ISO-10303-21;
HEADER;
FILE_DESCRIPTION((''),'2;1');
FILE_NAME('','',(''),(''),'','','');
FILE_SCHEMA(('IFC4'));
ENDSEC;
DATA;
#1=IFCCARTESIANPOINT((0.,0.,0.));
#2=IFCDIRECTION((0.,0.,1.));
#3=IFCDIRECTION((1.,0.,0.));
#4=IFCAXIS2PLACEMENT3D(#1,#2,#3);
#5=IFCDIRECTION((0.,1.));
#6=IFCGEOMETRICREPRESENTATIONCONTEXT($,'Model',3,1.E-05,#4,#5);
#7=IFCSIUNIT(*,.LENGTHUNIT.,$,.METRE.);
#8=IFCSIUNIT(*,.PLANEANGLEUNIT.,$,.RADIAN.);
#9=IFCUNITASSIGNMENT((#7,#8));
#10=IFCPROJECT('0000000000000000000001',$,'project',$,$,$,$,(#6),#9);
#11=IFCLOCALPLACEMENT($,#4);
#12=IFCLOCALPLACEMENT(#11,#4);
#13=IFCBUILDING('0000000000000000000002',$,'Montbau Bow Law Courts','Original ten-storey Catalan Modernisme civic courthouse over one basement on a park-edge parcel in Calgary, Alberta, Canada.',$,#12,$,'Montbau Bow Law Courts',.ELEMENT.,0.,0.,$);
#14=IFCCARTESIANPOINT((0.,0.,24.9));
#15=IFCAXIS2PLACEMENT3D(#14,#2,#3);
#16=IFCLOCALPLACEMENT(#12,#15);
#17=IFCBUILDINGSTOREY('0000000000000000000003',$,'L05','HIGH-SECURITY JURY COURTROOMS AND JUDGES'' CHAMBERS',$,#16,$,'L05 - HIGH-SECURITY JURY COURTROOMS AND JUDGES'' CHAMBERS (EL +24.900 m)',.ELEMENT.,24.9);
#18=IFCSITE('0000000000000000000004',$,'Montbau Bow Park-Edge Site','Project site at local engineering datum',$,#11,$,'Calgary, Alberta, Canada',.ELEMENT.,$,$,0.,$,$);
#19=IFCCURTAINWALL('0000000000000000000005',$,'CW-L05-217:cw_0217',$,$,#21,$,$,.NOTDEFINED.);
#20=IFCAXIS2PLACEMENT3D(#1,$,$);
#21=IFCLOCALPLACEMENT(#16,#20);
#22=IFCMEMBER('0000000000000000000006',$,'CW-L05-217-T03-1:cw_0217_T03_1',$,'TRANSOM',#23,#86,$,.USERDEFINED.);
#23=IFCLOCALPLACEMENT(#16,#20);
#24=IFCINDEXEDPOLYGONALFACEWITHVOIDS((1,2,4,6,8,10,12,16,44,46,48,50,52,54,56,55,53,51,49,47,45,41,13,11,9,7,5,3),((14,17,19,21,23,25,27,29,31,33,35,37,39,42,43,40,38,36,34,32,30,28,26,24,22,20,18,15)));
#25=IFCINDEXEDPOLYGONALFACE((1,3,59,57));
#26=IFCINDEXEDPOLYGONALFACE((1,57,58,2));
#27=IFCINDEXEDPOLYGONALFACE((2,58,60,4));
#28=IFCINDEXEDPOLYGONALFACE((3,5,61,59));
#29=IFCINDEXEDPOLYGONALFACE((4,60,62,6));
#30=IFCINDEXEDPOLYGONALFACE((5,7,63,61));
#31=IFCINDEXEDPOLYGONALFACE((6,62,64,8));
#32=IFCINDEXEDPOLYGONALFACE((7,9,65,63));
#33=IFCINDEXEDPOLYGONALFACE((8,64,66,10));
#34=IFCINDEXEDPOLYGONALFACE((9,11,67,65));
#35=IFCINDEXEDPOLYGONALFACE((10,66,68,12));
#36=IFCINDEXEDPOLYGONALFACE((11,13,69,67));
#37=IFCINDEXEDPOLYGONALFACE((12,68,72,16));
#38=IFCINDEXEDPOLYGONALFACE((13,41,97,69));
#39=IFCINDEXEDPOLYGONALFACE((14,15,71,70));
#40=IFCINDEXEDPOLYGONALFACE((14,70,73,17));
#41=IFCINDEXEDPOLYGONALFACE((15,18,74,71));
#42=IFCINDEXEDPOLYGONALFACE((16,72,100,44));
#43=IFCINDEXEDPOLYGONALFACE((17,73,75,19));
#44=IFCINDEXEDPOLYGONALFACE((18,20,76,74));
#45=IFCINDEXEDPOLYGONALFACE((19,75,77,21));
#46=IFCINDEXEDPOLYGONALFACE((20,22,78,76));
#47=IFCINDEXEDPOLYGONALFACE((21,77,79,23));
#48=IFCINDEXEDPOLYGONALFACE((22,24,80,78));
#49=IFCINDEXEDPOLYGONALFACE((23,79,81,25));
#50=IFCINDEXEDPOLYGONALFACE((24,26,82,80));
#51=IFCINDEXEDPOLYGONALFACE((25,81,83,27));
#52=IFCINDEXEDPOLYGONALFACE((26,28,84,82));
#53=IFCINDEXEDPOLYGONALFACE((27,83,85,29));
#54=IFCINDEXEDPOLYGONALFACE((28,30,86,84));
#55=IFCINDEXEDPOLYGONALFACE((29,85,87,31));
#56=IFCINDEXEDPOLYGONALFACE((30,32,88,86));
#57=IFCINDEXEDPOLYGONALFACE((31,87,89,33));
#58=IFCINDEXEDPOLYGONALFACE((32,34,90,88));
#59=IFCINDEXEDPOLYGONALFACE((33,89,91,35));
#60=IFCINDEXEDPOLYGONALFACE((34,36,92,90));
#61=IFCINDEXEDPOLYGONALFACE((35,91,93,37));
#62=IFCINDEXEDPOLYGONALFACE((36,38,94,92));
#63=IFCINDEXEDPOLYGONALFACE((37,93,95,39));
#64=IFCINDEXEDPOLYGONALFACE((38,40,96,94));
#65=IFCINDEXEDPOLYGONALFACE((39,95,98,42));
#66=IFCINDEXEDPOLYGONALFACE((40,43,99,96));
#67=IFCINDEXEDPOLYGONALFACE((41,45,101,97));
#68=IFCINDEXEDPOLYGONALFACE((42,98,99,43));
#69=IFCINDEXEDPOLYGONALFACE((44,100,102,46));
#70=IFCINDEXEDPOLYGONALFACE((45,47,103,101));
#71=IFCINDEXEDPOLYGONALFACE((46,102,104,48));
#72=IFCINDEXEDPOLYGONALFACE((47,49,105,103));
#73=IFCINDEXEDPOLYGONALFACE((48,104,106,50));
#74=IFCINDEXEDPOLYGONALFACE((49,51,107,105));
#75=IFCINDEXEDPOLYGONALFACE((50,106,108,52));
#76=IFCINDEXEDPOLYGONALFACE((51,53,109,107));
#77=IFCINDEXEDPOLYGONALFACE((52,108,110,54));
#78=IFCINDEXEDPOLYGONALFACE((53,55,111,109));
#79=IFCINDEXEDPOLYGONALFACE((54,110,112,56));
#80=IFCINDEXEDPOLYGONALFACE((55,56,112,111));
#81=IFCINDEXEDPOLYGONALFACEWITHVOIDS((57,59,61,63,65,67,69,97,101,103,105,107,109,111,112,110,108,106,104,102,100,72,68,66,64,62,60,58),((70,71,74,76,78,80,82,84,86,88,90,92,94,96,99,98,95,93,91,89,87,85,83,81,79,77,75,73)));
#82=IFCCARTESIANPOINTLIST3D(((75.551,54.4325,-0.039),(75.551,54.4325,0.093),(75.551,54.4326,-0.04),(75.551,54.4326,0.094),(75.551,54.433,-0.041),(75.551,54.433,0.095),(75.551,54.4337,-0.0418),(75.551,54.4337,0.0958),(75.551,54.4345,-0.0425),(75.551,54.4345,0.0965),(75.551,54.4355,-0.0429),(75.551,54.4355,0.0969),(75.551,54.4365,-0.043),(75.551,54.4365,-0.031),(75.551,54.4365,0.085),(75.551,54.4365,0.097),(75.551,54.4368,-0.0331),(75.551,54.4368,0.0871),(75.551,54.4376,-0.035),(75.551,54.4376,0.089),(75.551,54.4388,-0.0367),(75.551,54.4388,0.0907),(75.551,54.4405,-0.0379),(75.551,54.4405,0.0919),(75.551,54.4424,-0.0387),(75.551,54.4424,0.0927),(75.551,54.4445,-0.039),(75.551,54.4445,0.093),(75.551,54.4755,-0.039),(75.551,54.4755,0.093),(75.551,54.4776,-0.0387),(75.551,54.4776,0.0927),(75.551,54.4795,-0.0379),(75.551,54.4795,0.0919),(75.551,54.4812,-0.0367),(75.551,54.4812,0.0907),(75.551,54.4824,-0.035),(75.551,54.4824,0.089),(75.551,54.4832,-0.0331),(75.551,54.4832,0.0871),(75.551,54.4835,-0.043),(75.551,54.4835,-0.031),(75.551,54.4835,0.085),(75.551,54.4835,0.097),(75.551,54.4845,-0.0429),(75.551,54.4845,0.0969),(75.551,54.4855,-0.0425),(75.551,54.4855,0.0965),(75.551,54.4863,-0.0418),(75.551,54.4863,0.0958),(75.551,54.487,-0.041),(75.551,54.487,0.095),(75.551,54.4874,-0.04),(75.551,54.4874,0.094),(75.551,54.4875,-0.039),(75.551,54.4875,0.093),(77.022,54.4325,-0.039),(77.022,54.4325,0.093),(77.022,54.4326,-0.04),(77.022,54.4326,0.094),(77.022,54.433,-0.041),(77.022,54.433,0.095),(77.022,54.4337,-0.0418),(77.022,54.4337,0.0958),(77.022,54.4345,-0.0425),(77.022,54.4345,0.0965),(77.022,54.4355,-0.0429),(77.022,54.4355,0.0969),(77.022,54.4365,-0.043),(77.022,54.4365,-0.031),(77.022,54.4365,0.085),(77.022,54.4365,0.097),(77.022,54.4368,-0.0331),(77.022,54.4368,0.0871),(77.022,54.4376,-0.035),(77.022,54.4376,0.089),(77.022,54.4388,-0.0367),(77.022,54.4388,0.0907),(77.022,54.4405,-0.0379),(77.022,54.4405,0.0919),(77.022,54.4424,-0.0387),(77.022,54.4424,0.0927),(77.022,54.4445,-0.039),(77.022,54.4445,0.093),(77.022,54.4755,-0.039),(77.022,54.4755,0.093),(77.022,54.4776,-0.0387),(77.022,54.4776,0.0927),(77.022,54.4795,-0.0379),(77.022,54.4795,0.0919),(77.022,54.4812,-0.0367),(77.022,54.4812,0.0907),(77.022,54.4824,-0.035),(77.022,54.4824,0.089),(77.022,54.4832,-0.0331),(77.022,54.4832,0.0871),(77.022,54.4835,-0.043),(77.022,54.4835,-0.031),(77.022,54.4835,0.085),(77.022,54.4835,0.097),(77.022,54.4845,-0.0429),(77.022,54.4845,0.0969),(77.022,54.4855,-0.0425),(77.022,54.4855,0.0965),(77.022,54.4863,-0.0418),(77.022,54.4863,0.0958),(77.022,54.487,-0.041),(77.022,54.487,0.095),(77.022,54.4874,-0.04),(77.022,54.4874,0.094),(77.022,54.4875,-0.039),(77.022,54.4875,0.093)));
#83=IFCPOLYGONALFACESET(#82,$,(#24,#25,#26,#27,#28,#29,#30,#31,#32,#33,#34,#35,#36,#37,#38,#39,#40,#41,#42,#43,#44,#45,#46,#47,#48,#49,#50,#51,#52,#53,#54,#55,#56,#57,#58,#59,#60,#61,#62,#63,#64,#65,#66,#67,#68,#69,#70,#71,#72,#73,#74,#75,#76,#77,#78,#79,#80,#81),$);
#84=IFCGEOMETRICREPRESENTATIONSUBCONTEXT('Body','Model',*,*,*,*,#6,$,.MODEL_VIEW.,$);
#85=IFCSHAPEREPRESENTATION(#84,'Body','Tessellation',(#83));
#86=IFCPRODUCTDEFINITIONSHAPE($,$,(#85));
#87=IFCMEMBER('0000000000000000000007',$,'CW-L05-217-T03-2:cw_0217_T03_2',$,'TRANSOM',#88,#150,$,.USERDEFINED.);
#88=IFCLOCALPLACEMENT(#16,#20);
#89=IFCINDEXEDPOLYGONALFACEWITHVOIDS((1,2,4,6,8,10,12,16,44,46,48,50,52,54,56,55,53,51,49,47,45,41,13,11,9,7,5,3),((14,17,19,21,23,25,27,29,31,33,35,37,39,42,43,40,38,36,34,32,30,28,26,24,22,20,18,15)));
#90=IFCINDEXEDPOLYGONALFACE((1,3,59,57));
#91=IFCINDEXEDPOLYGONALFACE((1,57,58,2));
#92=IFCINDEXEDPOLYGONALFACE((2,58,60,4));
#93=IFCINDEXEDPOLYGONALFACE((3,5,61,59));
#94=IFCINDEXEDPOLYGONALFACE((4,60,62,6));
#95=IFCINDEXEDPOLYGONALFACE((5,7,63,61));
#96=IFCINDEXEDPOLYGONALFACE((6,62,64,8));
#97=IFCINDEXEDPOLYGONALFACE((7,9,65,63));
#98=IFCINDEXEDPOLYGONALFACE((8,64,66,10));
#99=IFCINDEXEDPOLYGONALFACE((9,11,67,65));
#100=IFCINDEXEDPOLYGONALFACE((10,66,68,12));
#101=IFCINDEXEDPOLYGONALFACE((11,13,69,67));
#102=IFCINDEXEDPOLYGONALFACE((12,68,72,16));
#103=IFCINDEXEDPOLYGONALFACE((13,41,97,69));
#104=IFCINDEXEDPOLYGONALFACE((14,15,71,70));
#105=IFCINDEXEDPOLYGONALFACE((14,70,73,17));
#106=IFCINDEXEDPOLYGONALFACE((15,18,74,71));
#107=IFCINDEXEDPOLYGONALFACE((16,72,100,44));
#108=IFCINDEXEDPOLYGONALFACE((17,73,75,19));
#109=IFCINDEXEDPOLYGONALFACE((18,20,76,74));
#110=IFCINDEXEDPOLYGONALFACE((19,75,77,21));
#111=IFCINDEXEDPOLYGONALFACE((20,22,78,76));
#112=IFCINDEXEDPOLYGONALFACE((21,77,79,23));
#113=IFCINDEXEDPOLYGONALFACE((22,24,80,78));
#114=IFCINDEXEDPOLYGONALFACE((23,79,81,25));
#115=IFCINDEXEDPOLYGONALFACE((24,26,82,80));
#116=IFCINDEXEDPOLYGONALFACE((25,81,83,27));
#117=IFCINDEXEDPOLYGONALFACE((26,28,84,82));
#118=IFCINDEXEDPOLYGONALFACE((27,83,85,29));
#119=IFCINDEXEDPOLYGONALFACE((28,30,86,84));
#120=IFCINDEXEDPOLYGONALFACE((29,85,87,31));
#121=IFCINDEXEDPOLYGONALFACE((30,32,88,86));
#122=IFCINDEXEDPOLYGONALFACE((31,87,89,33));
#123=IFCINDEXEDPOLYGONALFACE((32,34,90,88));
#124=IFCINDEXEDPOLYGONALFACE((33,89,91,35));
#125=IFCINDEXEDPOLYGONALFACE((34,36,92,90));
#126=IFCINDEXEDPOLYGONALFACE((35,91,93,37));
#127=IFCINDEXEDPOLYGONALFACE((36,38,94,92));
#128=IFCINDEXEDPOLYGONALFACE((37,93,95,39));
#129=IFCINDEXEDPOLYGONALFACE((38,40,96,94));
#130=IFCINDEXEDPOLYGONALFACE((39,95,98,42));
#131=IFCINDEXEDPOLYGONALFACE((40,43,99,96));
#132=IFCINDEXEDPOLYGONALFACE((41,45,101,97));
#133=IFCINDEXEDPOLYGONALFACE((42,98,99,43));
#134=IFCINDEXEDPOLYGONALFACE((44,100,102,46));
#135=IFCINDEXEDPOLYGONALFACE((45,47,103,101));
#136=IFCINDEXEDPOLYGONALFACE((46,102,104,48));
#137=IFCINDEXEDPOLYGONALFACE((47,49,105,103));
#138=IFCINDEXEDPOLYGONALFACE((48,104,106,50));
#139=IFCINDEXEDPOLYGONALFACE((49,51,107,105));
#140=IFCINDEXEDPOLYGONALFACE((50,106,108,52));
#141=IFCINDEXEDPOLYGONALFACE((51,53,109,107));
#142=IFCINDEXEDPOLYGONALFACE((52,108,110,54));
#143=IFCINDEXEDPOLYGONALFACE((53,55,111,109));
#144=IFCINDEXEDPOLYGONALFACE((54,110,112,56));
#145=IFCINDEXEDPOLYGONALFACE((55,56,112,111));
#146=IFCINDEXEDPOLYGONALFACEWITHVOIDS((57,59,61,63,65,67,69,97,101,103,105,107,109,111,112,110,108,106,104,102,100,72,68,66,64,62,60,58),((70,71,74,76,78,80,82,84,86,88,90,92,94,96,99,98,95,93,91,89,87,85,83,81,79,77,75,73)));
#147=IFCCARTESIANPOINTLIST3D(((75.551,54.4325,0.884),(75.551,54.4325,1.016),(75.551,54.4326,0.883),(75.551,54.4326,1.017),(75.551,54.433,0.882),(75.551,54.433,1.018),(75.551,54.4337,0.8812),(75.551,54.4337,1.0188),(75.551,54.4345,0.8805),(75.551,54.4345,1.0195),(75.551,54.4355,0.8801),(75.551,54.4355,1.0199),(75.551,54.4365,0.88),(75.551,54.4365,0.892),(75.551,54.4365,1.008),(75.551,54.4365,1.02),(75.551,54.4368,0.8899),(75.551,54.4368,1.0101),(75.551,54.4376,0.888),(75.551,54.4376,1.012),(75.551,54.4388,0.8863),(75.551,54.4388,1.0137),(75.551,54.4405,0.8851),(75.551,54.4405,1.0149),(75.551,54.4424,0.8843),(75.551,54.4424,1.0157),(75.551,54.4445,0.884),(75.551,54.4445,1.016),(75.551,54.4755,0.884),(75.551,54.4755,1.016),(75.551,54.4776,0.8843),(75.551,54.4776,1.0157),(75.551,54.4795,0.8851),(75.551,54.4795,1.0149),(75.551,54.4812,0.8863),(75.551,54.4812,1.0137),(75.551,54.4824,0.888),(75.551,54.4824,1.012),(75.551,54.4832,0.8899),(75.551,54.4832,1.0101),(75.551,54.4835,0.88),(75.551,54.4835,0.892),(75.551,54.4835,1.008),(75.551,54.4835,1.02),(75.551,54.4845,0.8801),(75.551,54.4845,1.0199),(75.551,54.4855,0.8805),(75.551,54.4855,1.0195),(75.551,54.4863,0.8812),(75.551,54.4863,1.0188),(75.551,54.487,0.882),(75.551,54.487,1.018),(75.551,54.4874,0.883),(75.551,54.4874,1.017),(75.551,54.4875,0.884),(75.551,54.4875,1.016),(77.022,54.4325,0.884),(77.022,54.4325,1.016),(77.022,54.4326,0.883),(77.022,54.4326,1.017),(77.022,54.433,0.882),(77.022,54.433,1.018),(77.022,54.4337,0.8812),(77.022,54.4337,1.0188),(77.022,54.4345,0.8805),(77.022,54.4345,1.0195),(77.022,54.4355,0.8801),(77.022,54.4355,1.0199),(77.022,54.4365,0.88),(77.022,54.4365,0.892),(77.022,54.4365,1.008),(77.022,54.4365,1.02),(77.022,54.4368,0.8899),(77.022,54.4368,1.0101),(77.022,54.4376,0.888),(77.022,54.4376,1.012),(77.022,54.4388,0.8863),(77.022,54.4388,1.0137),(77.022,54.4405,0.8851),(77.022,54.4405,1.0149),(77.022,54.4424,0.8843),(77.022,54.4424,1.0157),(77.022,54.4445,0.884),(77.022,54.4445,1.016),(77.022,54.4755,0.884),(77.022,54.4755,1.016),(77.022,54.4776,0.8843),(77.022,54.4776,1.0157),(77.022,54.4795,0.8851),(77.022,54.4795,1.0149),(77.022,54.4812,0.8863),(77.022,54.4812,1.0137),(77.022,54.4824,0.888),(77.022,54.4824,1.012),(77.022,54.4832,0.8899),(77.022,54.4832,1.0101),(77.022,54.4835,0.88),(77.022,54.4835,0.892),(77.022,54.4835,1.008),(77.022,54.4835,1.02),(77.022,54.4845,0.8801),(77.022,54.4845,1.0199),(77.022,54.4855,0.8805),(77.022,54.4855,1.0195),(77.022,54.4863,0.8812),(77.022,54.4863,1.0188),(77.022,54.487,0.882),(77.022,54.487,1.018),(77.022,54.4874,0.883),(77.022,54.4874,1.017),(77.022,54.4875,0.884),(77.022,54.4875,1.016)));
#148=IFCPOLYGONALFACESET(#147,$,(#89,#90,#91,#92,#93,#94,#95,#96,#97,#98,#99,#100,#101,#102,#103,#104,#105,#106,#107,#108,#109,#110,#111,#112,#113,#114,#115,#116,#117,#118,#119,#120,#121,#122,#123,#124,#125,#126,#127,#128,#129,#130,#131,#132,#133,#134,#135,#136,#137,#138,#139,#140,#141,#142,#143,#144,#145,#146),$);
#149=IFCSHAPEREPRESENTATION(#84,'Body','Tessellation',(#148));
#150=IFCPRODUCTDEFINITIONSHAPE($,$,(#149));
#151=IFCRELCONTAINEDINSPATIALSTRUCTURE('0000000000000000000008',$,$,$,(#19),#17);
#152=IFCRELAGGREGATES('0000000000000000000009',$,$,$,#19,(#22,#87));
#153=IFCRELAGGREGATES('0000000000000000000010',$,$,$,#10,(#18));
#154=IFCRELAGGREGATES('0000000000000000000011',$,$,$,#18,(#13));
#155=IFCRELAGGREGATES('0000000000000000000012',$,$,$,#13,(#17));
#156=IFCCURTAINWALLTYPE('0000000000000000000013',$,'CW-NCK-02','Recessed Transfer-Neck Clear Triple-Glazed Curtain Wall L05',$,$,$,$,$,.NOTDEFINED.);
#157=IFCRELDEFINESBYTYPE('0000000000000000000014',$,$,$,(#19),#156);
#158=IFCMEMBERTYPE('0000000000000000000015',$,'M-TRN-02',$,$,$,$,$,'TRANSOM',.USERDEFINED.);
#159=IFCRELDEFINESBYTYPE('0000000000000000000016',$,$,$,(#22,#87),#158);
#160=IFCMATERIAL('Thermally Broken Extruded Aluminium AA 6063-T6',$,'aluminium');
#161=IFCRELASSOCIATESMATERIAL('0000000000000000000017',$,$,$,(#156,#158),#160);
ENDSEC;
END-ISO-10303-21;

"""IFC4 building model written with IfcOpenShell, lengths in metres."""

from ifc_helpers import new_model, si_unit, direction, frame, origin_with_axes, origin_2d_with_axis, place, context, subcontext, project, spatial, hollow_rectangle, extrude, material, material_profile, profile_set, type_object, element, aggregate, save


model = new_model("IFC4")

# Units and contexts
model_context = context("Model", 3, precision=1e-05, world=origin_with_axes(), true_north=direction((0.0, 1.0)))
body_context = subcontext(model_context, "Body", "Model", "MODEL_VIEW")
ifc_project = project(units=[si_unit("LENGTHUNIT", "METRE"), si_unit("PLANEANGLEUNIT", "RADIAN")], contexts=[model_context])

# Site, building, storey
site_placement = place(None, origin_with_axes())
site = spatial("IfcSite", under=ifc_project, at=site_placement, Name="Montbau Bow Park-Edge Site", Description="Project site at local engineering datum", LongName="Calgary, Alberta, Canada", CompositionType="ELEMENT", RefElevation=0.0)
building_placement = place(site_placement, origin_with_axes())
building = spatial("IfcBuilding", under=site, at=building_placement, Name="Montbau Bow Law Courts", Description="Original ten-storey Catalan Modernisme civic courthouse over one basement on a park-edge parcel in Calgary, Alberta, Canada.", LongName="Montbau Bow Law Courts", CompositionType="ELEMENT", ElevationOfRefHeight=0.0, ElevationOfTerrain=0.0)
storey_placement = place(building_placement, frame((0.0, 0.0, 24.9), z_axis=(0.0, 0.0, 1.0), x_axis=(1.0, 0.0, 0.0)))
storey = spatial("IfcBuildingStorey", under=building, at=storey_placement, Name="L05", Description="HIGH-SECURITY JURY COURTROOMS AND JUDGES' CHAMBERS", LongName="L05 - HIGH-SECURITY JURY COURTROOMS AND JUDGES' CHAMBERS (EL +24.900 m)", CompositionType="ELEMENT", Elevation=24.9)

# Curtain wall, members
ifc_material_1 = material(Name="Thermally Broken Extruded Aluminium AA 6063-T6", Category="aluminium")
curtain_wall_type = type_object("IfcCurtainWallType", Name="CW-NCK-02", Description="Recessed Transfer-Neck Clear Triple-Glazed Curtain Wall L05", PredefinedType="NOTDEFINED", material=ifc_material_1)
curtain_wall_placement = place(None, frame((72.44, 54.46, 24.9), z_axis=(0.0, 0.0, 1.0), x_axis=(1.0, 0.0, 0.0)))
curtain_wall = element("IfcCurtainWall", 1, at=curtain_wall_placement, inside=storey, type_object=curtain_wall_type, Name="CW-L05-217:cw_0217", PredefinedType="NOTDEFINED")
ifc_material_profile_1 = material_profile(ifc_material_1, hollow_rectangle(XDim=0.055, YDim=0.14, WallThickness=0.004, InnerFilletRadius=0.008, OuterFilletRadius=0.004, at=origin_2d_with_axis()), Name="CWT-140X55", Category="Main", Priority=0)
ifc_profile_set_1 = profile_set([ifc_material_profile_1], Name="Thermally Broken Extruded Aluminium AA 6063-T6")
member_type_1 = type_object("IfcMemberType", Name="M-TRN-02", ElementType="TRANSOM", PredefinedType="USERDEFINED", material=ifc_profile_set_1)
member_1_placement = place(None, frame((75.551, 54.46, 24.927), z_axis=(1.0, 0.0, 0.0), x_axis=(0.0, 1.0, 0.0)))
member_1 = element("IfcMember", 2, at=member_1_placement, type_object=member_type_1, Name="CW-L05-217-T03-1:cw_0217_T03_1", ObjectType="TRANSOM", PredefinedType="USERDEFINED", context=body_context, shape_type="SweptSolid", body=[
    extrude(hollow_rectangle(XDim=0.055, YDim=0.14, WallThickness=0.004, InnerFilletRadius=0.008, OuterFilletRadius=0.004, at=origin_2d_with_axis()), origin_with_axes(), (0.0, 0.0, 1.0), 1.471),
])
member_2_placement = place(None, frame((75.551, 54.46, 25.85), z_axis=(1.0, 0.0, 0.0), x_axis=(0.0, 1.0, 0.0)))
member_2 = element("IfcMember", 3, at=member_2_placement, type_object=member_type_1, Name="CW-L05-217-T03-2:cw_0217_T03_2", ObjectType="TRANSOM", PredefinedType="USERDEFINED", context=body_context, shape_type="SweptSolid", body=[
    extrude(hollow_rectangle(XDim=0.055, YDim=0.14, WallThickness=0.004, InnerFilletRadius=0.008, OuterFilletRadius=0.004, at=origin_2d_with_axis()), origin_with_axes(), (0.0, 0.0, 1.0), 1.471),
])
aggregate(curtain_wall, [member_1, member_2])

save(model, "model.ifc")
